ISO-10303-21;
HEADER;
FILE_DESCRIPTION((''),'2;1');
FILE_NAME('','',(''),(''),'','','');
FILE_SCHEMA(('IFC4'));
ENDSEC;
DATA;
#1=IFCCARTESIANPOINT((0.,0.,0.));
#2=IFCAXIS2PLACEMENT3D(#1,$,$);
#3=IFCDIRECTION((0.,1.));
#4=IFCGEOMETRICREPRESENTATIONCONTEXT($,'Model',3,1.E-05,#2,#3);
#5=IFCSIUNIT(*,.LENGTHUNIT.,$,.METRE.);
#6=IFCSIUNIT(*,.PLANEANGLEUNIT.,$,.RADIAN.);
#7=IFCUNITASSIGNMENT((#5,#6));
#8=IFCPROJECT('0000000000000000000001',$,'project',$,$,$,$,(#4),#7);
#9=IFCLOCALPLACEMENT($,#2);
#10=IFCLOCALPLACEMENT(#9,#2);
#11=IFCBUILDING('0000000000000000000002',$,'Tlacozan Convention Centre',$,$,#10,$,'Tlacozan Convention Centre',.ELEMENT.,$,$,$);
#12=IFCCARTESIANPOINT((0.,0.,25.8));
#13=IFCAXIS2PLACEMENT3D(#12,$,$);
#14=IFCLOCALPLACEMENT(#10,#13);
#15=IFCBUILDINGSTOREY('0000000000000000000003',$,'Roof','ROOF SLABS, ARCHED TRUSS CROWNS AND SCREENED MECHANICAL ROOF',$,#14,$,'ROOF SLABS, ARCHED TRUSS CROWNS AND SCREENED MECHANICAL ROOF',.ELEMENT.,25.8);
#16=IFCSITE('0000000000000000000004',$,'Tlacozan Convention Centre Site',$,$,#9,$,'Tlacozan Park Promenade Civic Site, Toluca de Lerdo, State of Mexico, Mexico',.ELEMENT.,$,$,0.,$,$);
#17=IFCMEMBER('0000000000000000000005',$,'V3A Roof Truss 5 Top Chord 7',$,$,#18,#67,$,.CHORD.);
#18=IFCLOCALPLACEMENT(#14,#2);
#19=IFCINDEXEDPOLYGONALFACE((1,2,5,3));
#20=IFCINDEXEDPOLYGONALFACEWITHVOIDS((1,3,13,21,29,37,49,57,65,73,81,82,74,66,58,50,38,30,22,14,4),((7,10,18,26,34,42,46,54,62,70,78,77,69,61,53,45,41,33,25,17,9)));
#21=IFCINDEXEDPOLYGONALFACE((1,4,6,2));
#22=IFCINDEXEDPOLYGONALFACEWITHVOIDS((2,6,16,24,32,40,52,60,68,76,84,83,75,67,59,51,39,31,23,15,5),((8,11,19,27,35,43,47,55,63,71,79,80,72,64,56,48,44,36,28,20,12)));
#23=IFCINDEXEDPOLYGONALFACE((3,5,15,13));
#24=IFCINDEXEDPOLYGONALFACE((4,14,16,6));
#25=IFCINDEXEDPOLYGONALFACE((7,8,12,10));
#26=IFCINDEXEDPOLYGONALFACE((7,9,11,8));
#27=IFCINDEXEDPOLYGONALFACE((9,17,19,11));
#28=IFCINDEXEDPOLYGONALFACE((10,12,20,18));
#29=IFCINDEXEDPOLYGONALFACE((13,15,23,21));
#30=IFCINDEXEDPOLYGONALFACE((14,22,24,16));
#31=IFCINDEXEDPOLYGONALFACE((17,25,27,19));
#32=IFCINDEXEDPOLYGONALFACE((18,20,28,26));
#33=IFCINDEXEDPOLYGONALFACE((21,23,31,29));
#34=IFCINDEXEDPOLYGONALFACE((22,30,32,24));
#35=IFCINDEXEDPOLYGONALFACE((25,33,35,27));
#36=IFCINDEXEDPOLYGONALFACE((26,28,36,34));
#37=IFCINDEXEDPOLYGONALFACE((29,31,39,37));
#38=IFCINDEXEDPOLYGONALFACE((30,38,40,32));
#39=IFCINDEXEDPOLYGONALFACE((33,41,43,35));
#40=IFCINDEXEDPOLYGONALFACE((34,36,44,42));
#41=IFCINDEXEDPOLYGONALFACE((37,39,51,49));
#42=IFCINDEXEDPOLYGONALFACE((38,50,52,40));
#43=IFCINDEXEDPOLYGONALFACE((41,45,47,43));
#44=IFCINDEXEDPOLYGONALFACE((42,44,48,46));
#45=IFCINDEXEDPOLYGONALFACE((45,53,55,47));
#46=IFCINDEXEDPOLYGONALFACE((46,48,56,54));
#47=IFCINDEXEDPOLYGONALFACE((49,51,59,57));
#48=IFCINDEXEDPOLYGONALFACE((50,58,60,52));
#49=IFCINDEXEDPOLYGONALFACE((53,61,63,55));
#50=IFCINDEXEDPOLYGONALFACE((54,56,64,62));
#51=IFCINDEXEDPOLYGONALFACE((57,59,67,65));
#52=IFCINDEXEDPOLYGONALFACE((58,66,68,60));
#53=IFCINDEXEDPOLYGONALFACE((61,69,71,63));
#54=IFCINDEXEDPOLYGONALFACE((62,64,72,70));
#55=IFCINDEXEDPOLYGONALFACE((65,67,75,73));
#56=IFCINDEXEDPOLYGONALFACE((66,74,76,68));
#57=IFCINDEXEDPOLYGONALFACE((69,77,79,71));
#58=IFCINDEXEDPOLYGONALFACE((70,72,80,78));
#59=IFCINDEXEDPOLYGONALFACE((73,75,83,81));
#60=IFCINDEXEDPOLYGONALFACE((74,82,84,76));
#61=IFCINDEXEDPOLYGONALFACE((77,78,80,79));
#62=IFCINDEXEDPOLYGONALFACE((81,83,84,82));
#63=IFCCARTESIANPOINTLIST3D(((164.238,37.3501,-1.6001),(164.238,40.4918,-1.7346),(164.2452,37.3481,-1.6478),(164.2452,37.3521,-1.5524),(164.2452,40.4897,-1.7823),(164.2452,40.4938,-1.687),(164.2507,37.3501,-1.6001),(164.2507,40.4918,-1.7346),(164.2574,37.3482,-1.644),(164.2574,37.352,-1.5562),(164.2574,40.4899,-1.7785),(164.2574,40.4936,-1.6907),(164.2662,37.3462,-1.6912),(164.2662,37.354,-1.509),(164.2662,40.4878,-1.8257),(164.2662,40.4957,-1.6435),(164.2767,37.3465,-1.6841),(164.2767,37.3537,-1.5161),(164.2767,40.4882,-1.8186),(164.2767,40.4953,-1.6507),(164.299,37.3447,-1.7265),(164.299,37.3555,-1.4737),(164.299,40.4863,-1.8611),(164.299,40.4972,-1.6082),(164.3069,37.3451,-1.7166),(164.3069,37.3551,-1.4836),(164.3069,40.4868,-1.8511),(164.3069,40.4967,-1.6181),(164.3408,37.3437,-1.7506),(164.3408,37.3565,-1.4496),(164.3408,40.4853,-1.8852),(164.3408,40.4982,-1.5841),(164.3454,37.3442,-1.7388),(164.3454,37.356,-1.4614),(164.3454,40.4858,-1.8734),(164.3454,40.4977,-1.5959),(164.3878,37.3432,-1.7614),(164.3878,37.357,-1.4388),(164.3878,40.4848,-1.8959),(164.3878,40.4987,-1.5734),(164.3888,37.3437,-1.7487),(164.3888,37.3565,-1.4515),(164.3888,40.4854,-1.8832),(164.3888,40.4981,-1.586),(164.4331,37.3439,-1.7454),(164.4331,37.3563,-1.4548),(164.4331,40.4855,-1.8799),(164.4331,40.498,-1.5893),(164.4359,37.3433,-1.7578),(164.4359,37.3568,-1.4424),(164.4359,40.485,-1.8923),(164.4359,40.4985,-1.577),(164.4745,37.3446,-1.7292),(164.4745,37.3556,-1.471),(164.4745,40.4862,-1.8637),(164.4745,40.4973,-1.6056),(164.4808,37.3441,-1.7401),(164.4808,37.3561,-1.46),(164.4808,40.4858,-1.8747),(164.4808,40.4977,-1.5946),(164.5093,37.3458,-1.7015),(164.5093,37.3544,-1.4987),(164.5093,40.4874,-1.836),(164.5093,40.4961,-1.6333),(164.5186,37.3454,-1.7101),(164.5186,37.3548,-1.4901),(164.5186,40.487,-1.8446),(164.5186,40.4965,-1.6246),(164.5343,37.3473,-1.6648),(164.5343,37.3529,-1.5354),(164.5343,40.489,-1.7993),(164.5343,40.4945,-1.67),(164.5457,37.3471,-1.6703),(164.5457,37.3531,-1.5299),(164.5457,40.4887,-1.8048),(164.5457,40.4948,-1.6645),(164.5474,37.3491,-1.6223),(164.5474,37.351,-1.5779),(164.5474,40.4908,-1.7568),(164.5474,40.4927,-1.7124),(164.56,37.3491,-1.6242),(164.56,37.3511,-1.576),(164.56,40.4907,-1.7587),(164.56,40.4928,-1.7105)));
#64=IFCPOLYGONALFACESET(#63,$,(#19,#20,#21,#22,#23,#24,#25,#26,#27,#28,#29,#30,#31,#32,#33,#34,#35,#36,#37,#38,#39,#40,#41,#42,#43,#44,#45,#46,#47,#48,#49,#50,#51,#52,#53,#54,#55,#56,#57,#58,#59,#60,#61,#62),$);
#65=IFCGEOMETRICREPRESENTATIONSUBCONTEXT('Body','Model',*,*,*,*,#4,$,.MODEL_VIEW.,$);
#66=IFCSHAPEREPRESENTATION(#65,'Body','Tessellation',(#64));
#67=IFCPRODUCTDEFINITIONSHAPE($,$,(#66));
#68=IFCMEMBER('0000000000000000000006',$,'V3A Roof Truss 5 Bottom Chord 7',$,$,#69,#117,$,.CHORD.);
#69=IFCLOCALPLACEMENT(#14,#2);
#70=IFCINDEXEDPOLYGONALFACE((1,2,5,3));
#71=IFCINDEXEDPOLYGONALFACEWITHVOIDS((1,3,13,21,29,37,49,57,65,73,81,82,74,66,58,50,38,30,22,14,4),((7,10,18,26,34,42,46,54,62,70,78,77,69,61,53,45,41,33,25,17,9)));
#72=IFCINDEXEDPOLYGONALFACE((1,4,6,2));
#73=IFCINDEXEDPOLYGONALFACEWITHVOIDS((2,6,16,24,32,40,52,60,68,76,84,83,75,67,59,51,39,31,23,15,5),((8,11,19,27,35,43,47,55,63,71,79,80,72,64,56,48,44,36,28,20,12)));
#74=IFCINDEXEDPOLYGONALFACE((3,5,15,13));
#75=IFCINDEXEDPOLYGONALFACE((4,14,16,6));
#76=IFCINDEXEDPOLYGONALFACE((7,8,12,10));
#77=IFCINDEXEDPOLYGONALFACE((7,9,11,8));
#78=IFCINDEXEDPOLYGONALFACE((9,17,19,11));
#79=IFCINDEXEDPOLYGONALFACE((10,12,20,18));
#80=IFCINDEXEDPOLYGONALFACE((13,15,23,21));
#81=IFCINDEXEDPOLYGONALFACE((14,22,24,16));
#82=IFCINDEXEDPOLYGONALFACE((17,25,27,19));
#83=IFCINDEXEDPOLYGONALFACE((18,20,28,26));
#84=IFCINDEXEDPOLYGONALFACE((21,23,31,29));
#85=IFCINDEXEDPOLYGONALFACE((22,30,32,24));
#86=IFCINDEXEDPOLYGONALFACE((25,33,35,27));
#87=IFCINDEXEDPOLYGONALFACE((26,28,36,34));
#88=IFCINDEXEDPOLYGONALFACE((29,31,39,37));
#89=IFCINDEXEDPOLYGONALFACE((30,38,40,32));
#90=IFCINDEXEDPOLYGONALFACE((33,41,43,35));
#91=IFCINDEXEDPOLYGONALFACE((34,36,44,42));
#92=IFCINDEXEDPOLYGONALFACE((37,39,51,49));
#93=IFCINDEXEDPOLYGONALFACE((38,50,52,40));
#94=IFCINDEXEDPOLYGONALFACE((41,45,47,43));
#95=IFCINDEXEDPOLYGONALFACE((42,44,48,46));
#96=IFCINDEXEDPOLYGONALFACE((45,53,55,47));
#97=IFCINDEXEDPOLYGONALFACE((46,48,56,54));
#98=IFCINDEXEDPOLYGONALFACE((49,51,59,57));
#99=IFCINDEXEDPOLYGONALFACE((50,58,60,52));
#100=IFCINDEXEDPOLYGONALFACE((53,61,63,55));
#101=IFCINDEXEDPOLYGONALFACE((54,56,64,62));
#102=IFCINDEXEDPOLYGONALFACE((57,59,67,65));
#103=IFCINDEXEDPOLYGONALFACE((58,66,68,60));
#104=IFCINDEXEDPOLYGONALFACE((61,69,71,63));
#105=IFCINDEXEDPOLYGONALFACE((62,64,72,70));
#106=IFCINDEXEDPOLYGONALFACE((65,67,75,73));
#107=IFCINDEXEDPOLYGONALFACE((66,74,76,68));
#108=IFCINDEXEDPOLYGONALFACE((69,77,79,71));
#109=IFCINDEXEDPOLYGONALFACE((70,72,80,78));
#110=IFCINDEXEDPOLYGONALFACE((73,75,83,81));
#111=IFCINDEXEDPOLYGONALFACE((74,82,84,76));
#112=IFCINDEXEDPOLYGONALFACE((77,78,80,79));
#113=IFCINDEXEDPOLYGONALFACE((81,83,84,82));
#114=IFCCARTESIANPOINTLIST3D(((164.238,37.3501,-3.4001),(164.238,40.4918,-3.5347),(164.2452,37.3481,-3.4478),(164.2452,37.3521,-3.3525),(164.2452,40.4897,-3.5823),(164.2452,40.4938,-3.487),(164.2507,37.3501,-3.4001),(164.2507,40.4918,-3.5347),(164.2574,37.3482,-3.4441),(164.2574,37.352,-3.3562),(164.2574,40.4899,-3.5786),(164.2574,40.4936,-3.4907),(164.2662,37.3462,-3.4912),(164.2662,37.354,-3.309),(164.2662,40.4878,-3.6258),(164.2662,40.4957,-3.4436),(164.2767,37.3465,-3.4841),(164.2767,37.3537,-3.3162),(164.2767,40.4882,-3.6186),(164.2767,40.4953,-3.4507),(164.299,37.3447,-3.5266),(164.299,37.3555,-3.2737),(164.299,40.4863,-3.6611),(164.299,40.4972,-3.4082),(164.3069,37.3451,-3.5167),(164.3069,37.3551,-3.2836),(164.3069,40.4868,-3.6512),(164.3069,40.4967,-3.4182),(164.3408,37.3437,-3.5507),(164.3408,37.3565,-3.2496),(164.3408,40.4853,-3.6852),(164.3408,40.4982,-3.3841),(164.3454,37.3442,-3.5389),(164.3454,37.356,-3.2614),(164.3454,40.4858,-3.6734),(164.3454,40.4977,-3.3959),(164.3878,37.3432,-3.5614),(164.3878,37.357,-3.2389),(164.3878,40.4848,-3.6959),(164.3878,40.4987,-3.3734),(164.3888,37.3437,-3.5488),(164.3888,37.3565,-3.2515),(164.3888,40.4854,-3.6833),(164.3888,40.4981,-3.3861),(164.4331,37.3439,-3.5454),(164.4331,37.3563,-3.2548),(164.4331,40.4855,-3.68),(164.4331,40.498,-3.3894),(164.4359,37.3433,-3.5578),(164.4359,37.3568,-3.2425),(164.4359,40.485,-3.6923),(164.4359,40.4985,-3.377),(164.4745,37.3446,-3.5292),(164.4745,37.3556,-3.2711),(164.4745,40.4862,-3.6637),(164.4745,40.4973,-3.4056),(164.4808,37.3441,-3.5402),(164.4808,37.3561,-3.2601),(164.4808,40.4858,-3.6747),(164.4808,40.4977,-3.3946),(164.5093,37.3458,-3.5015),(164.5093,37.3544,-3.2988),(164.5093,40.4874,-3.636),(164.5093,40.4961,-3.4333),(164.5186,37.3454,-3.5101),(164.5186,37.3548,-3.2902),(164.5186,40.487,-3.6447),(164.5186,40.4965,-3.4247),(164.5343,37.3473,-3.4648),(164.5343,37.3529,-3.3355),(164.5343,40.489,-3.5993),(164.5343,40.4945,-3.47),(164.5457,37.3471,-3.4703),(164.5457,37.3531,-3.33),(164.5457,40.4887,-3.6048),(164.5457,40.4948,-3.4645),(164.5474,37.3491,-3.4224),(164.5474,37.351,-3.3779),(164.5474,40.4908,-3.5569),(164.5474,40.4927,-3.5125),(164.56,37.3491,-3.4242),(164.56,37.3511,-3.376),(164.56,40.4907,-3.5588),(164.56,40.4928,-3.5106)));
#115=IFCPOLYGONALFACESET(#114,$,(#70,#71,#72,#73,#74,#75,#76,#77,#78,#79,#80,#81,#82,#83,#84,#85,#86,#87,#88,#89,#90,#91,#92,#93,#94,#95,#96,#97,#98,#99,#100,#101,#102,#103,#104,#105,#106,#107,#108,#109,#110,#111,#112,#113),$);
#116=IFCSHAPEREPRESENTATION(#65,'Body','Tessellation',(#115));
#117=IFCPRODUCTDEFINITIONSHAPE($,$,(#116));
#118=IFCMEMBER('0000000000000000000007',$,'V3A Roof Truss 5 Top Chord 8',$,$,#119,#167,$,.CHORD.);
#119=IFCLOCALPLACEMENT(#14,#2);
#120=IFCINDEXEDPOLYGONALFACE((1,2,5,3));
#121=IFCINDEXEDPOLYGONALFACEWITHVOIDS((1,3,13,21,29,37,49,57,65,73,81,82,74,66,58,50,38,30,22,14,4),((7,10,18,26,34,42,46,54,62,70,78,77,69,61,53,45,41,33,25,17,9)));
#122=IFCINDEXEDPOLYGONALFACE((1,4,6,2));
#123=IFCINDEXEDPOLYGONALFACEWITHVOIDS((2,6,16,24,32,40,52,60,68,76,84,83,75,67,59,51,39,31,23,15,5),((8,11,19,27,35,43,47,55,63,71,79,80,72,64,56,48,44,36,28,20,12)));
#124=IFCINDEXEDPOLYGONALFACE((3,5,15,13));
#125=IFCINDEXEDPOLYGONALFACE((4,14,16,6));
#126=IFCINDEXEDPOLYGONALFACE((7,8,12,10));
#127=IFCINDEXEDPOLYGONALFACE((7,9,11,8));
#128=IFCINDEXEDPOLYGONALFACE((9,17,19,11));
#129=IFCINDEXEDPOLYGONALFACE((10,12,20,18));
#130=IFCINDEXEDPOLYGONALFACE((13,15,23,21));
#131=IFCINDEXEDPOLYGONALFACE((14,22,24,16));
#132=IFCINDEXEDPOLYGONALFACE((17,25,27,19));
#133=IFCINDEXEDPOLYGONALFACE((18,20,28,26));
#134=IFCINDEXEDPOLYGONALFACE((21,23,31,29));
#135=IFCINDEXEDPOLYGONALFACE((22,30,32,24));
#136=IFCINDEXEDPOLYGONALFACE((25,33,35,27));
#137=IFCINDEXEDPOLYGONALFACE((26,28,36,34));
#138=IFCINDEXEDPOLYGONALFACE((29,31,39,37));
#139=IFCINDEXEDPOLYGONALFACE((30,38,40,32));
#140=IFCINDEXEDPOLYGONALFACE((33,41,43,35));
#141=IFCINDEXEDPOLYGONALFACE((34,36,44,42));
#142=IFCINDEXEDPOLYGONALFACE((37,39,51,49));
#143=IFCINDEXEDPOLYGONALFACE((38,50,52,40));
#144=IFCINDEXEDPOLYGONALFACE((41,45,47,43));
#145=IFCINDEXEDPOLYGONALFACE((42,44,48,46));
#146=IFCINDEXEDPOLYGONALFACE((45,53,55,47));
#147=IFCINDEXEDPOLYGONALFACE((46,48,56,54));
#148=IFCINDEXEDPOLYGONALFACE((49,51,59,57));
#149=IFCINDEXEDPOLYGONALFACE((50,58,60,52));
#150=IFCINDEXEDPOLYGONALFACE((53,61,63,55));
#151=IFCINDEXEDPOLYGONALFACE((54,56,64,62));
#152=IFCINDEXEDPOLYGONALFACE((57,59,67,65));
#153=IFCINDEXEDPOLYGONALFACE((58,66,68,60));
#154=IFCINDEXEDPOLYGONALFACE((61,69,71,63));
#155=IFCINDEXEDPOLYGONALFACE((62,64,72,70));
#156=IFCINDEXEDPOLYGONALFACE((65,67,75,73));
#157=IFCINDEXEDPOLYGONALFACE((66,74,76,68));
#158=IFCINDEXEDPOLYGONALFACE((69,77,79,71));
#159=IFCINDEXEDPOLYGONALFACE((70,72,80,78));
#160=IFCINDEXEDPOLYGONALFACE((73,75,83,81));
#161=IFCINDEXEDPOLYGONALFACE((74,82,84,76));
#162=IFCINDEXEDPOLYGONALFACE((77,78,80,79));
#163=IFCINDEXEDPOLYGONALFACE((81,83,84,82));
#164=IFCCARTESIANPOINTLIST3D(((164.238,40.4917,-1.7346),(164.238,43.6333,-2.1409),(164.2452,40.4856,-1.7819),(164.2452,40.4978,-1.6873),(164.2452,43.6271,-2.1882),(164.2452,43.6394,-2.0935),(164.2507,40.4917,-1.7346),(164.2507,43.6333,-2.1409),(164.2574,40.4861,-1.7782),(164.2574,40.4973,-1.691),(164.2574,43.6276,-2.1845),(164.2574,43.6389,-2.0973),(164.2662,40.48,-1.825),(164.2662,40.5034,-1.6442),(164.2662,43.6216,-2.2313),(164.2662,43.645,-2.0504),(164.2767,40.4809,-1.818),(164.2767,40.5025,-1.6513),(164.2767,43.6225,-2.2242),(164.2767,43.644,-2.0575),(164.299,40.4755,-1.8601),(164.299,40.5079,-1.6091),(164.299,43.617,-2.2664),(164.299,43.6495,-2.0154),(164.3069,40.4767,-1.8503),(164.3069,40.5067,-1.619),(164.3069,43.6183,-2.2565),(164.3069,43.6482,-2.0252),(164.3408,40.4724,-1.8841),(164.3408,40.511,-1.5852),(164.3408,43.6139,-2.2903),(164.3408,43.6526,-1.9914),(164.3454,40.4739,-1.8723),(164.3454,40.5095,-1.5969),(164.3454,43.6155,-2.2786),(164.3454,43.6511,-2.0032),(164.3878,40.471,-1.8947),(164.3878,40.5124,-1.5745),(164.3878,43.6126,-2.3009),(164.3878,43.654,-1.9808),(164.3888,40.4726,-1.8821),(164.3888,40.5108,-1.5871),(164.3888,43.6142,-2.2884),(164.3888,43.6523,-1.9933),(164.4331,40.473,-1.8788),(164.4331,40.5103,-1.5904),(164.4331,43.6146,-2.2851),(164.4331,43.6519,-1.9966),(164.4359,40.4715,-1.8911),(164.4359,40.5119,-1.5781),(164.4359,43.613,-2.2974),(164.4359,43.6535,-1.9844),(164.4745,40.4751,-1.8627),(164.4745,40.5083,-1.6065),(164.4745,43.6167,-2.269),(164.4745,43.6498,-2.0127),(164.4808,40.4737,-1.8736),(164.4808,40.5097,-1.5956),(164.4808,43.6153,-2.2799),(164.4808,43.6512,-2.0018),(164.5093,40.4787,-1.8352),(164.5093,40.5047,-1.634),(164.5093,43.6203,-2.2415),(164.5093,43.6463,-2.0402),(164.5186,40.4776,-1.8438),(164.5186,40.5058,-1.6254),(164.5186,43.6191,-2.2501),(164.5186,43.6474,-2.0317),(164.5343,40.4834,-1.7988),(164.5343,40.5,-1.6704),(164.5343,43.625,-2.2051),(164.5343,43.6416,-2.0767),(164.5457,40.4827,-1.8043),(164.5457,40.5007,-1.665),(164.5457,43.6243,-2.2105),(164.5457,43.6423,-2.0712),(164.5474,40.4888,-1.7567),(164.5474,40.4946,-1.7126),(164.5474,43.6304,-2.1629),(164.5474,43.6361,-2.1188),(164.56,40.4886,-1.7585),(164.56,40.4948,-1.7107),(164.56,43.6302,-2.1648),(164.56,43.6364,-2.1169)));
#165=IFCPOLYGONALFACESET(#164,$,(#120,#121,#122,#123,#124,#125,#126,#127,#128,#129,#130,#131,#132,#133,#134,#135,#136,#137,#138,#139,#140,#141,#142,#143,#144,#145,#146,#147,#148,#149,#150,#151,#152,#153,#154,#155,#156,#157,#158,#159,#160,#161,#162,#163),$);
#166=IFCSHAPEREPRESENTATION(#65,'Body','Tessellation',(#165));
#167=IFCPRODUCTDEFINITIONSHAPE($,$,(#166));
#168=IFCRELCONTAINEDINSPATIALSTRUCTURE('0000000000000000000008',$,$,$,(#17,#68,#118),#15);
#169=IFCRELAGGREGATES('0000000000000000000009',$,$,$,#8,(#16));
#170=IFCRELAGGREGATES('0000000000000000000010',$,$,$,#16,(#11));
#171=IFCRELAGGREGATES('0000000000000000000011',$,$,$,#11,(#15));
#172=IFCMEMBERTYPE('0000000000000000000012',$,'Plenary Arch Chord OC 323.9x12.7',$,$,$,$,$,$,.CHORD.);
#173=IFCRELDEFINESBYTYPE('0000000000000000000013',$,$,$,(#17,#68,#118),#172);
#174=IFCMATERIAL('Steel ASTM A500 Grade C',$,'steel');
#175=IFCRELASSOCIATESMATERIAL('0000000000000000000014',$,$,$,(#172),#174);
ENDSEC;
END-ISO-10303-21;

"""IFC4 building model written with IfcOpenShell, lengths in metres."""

from ifc_helpers import new_model, si_unit, direction, frame, origin, origin_2d, place, context, subcontext, project, spatial, hollow_circle, extrude, material, material_profile, profile_set, type_object, element, save


model = new_model("IFC4")

# Units and contexts
model_context = context("Model", 3, precision=1e-05, world=origin(), true_north=direction((0.0, 1.0)))
body_context = subcontext(model_context, "Body", "Model", "MODEL_VIEW")
ifc_project = project(units=[si_unit("LENGTHUNIT", "METRE"), si_unit("PLANEANGLEUNIT", "RADIAN")], contexts=[model_context])

# Site, building, storey
site_placement = place(None, origin())
site = spatial("IfcSite", under=ifc_project, at=site_placement, Name="Tlacozan Convention Centre Site", LongName="Tlacozan Park Promenade Civic Site, Toluca de Lerdo, State of Mexico, Mexico", CompositionType="ELEMENT", RefElevation=0.0)
building_placement = place(site_placement, origin())
building = spatial("IfcBuilding", under=site, at=building_placement, Name="Tlacozan Convention Centre", LongName="Tlacozan Convention Centre", CompositionType="ELEMENT")
storey_placement = place(building_placement, frame((0.0, 0.0, 25.8)))
storey = spatial("IfcBuildingStorey", under=building, at=storey_placement, Name="Roof", Description="ROOF SLABS, ARCHED TRUSS CROWNS AND SCREENED MECHANICAL ROOF", LongName="ROOF SLABS, ARCHED TRUSS CROWNS AND SCREENED MECHANICAL ROOF", CompositionType="ELEMENT", Elevation=25.8)

# Members
ifc_material_1 = material(Name="Steel ASTM A500 Grade C", Category="steel")
ifc_material_profile_1 = material_profile(ifc_material_1, hollow_circle(Radius=0.1619, WallThickness=0.0127, at=origin_2d()), Name="OC 323.9x12.7")
ifc_profile_set_1 = profile_set([ifc_material_profile_1], Name="Steel ASTM A500 Grade C")
member_type_1 = type_object("IfcMemberType", Name="Plenary Arch Chord OC 323.9x12.7", PredefinedType="CHORD", material=ifc_profile_set_1)
for number, where, z_axis, x_axis, name in (
    (1, (164.3999, 37.3501, -1.6001), (0.0, 0.999085, -0.04278), (-1.0, 0.0, 0.0), "V3A Roof Truss 5 Top Chord 7"),
    (2, (164.3999, 37.3501, -3.4001), (0.0, 0.999085, -0.04278), (-1.0, 0.0, 0.0), "V3A Roof Truss 5 Bottom Chord 7"),
):
    element("IfcMember", number, at=place(storey_placement, frame(where, z_axis=z_axis, x_axis=x_axis)), inside=storey, type_object=member_type_1, Name=name, PredefinedType="CHORD", context=body_context, shape_type="SweptSolid", body=[
        extrude(hollow_circle(Radius=0.1619, WallThickness=0.0127, at=origin_2d()), origin(), (0.0, 0.0, 1.0), 3.1445),
    ])
for number, where, z_axis, x_axis, name in (
    (3, (164.3999, 40.4917, -1.7346), (0.0, 0.991742, -0.128245), (-1.0, 0.0, 0.0), "V3A Roof Truss 5 Top Chord 8"),
):
    element("IfcMember", number, at=place(storey_placement, frame(where, z_axis=z_axis, x_axis=x_axis)), inside=storey, type_object=member_type_1, Name=name, PredefinedType="CHORD", context=body_context, shape_type="SweptSolid", body=[
        extrude(hollow_circle(Radius=0.1619, WallThickness=0.0127, at=origin_2d()), origin(), (0.0, 0.0, 1.0), 3.1677),
    ])

save(model, "model.ifc")
